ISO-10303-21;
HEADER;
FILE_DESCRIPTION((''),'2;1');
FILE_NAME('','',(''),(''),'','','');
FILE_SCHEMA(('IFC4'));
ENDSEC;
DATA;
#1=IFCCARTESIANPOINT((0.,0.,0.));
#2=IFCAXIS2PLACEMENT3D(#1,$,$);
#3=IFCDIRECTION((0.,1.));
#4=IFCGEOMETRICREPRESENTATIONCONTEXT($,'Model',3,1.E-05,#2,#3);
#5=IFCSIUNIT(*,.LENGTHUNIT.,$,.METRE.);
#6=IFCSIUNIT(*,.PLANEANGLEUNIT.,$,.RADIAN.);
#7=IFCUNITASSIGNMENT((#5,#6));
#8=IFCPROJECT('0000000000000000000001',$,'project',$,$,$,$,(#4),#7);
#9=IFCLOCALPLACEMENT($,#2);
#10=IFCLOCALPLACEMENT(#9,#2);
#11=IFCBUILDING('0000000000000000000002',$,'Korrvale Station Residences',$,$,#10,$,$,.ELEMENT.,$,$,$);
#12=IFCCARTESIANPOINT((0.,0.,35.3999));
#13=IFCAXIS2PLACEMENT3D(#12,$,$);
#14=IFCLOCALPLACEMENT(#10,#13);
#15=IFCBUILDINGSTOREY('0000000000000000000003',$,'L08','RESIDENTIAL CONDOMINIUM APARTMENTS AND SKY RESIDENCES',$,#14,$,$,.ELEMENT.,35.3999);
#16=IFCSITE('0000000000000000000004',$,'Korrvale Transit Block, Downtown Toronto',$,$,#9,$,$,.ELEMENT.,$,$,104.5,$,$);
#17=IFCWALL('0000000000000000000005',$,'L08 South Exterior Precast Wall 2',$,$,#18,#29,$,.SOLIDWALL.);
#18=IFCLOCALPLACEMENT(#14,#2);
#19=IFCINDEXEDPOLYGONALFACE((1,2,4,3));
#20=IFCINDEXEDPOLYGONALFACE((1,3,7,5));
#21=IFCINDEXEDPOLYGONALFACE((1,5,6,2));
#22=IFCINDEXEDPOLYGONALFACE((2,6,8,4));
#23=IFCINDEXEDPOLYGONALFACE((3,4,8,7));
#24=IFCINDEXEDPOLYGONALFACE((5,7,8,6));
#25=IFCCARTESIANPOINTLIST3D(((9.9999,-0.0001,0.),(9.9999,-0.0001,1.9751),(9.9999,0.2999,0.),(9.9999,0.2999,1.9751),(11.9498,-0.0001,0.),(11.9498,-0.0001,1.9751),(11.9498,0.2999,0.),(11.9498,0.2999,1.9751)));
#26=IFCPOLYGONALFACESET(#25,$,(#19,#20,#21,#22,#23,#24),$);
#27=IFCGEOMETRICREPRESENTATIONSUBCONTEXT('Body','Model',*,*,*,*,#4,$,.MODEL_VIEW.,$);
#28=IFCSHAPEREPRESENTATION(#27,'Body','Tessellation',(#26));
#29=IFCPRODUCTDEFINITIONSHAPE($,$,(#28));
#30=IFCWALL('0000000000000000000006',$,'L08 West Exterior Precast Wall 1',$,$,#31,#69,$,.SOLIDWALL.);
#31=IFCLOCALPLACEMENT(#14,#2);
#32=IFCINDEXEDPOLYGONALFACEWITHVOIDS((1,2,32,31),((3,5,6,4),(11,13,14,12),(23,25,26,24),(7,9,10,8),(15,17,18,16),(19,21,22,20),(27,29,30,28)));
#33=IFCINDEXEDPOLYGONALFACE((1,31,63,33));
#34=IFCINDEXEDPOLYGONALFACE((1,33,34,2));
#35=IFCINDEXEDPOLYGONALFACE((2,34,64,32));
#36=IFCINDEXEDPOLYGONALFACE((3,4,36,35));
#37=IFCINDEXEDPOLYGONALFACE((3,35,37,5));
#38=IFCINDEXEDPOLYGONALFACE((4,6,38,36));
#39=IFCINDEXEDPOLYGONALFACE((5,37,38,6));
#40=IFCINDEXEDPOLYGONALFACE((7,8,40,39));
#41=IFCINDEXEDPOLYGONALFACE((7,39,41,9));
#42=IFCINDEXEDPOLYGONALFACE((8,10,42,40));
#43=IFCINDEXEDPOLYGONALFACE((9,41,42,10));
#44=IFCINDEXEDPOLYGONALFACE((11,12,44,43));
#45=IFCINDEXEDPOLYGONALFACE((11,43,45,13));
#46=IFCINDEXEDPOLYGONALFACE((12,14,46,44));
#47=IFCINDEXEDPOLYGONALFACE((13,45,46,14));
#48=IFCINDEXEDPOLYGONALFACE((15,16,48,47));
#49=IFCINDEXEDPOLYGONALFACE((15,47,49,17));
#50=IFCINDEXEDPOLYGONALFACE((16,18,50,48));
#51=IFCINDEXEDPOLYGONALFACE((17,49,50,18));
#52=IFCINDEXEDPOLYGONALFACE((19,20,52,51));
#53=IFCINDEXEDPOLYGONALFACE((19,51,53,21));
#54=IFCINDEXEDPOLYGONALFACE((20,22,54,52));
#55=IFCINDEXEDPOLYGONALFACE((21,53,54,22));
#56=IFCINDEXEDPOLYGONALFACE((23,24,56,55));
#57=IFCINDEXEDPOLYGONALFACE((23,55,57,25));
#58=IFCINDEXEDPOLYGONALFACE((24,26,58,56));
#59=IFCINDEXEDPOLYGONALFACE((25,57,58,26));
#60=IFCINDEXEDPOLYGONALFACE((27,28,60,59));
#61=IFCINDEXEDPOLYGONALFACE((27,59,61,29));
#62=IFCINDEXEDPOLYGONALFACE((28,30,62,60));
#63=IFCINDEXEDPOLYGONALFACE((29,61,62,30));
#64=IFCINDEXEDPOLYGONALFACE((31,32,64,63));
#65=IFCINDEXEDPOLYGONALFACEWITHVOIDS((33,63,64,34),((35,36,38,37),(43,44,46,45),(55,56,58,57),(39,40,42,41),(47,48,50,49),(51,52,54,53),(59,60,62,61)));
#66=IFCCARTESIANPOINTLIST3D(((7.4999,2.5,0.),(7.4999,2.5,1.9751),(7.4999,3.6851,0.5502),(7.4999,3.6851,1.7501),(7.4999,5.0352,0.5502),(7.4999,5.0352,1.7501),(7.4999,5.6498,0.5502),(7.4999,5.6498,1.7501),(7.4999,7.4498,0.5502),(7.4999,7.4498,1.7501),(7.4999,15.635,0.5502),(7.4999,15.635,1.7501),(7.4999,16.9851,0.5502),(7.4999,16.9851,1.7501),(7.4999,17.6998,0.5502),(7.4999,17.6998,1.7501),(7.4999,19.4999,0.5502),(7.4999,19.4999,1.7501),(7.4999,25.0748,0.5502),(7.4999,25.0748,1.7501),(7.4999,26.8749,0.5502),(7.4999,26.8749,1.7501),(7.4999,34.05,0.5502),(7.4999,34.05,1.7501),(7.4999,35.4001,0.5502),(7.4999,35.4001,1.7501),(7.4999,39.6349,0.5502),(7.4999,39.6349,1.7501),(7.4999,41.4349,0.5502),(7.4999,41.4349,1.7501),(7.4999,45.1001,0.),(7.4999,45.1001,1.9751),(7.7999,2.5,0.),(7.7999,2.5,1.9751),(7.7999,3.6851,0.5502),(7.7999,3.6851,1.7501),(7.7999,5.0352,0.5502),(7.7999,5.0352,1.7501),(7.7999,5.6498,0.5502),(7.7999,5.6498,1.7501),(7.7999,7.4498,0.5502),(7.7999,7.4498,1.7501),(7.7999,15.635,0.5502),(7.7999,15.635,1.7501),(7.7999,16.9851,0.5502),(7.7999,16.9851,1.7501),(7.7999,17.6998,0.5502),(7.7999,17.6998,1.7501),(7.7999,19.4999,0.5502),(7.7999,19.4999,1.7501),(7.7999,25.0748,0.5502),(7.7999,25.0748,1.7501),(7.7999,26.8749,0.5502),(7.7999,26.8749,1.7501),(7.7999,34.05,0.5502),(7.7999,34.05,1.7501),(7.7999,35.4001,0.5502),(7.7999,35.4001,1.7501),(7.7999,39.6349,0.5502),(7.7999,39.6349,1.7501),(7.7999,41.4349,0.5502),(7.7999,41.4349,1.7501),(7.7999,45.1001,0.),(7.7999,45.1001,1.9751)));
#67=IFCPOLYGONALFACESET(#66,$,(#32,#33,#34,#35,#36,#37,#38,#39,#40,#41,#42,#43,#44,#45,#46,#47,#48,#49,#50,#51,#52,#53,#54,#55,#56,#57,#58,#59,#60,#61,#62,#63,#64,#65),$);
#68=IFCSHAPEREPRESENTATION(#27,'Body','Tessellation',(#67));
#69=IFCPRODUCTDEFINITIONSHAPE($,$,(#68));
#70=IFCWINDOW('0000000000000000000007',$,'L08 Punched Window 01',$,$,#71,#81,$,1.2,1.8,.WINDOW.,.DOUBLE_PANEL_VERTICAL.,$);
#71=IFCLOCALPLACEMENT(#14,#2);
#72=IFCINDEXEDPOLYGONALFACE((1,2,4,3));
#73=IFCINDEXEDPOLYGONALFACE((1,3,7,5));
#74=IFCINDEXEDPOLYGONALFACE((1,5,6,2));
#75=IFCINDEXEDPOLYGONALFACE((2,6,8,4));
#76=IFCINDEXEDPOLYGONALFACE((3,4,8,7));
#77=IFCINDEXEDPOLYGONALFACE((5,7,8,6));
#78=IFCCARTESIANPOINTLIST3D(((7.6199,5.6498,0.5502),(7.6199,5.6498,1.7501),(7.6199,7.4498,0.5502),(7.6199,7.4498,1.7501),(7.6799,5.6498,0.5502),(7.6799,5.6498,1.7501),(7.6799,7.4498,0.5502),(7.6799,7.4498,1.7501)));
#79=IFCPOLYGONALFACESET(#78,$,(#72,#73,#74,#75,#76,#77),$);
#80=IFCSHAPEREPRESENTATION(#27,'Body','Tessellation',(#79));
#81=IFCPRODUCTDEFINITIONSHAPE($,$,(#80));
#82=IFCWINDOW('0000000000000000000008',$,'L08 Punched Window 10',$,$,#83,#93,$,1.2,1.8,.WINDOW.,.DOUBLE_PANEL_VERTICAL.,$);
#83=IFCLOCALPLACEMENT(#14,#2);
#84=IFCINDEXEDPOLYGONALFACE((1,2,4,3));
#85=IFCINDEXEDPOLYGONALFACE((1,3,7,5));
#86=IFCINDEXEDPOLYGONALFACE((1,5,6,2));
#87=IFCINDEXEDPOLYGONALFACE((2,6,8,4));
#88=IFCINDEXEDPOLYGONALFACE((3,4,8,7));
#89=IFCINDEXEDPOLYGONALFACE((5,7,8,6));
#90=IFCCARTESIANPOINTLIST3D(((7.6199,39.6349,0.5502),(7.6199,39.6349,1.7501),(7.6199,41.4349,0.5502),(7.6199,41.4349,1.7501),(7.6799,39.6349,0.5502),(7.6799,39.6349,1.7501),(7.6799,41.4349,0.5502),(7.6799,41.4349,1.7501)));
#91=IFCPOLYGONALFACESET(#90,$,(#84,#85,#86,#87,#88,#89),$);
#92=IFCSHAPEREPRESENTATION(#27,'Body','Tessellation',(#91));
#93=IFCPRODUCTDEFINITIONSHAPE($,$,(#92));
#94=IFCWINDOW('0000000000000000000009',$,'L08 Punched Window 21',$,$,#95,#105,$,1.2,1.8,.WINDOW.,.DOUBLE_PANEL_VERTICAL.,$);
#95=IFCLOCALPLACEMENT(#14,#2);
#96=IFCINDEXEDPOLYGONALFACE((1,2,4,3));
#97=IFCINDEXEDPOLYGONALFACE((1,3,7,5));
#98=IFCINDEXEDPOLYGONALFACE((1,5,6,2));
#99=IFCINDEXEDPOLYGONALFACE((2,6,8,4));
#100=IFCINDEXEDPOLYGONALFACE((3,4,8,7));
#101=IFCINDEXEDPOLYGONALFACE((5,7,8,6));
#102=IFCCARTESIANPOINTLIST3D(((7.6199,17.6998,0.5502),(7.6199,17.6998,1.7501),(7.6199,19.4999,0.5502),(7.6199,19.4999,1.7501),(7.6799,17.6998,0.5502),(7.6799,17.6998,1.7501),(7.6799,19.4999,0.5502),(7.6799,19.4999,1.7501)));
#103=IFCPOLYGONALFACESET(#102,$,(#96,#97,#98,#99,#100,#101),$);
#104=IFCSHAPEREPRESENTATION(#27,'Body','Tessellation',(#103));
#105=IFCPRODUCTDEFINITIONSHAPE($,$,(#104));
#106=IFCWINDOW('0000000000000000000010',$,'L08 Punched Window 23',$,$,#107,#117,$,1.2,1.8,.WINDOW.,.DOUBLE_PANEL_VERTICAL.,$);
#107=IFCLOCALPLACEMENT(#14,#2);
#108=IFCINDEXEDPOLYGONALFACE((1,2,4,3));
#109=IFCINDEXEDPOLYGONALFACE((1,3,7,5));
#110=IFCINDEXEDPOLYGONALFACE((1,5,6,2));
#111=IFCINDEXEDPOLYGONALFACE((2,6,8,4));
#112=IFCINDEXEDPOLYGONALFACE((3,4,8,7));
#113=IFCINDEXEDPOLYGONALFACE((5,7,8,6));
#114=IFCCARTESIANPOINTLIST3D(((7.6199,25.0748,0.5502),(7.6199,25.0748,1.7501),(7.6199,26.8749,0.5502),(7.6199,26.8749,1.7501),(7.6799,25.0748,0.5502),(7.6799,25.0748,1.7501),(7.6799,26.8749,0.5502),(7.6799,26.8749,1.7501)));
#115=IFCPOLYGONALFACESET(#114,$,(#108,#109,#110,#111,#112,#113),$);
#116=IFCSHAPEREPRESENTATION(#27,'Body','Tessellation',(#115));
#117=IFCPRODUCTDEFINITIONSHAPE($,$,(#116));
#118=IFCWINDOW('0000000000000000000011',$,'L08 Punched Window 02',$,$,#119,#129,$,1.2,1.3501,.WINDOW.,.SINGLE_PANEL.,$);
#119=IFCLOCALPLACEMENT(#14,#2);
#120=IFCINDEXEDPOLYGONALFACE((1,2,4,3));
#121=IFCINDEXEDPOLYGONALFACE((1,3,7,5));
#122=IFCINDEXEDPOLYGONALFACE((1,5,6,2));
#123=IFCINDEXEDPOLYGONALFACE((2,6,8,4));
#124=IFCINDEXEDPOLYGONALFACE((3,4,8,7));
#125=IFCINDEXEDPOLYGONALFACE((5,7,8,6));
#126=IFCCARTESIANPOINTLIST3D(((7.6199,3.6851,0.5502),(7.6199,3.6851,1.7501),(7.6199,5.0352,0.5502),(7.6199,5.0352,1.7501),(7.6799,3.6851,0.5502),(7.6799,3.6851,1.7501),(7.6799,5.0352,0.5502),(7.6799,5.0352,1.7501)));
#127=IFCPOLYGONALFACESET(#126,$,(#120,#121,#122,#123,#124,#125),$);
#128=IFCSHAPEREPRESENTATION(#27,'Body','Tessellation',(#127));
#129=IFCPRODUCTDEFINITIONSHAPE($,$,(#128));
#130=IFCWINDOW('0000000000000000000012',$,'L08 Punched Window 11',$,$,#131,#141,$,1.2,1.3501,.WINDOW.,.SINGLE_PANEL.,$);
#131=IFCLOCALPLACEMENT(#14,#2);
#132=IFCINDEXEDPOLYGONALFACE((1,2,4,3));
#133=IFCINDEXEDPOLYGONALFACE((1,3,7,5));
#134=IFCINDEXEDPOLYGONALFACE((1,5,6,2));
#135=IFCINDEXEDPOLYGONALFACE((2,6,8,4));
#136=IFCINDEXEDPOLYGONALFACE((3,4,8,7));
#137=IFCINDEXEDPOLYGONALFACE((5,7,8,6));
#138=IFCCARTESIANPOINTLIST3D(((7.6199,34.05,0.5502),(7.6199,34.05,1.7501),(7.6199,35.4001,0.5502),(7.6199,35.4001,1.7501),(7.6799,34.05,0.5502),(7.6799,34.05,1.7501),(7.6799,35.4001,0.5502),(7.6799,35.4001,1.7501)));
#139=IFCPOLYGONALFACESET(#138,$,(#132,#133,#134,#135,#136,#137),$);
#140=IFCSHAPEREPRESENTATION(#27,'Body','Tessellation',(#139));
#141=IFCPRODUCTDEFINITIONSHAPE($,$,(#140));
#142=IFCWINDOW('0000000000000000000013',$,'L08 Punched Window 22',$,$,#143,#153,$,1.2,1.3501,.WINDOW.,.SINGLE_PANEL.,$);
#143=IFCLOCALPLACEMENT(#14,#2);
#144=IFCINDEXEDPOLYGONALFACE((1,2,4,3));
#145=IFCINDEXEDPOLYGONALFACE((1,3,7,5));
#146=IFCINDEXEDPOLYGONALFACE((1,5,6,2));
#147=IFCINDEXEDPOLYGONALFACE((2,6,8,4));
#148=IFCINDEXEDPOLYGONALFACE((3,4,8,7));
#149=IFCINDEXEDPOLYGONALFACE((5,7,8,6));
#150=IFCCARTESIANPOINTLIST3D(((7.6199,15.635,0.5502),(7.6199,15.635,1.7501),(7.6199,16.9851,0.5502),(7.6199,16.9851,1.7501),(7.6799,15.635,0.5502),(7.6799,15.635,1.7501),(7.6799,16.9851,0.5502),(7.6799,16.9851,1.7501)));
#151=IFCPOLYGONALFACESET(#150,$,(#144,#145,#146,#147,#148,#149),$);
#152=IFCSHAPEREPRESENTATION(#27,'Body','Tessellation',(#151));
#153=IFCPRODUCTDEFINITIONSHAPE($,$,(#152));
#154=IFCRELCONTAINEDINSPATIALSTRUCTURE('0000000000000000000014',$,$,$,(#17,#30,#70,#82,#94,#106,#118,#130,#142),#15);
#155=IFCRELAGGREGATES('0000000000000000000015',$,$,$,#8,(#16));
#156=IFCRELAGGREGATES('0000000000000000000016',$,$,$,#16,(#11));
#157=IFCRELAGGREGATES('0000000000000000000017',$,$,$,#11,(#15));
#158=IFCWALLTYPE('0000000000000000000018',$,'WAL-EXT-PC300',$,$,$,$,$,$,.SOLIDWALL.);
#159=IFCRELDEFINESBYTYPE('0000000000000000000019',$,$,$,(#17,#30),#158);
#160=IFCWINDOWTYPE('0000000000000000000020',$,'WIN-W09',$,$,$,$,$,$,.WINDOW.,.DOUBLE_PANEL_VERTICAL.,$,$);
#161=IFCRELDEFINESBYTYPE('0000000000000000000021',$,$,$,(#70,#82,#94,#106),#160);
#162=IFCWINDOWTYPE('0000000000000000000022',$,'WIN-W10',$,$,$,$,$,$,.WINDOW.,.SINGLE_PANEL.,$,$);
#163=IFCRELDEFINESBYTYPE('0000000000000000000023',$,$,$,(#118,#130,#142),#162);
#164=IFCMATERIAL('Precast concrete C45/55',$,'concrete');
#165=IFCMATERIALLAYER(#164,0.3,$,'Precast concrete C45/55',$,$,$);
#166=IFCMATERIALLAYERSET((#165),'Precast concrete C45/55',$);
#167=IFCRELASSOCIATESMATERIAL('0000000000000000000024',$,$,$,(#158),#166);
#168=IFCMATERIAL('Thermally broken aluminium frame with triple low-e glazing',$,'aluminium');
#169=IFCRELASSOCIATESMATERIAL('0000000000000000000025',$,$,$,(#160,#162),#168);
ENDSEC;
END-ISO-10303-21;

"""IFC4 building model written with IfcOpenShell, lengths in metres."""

from ifc_helpers import new_model, si_unit, direction, frame, frame_2d, origin, place, context, subcontext, project, spatial, rectangle, extrude, material, layer, layer_set, type_object, element, fill, save


model = new_model("IFC4")

# Units and contexts
model_context = context("Model", 3, precision=1e-05, world=origin(), true_north=direction((0.0, 1.0)))
body_context = subcontext(model_context, "Body", "Model", "MODEL_VIEW")
ifc_project = project(units=[si_unit("LENGTHUNIT", "METRE"), si_unit("PLANEANGLEUNIT", "RADIAN")], contexts=[model_context])

# Site, building, storey
site_placement = place(None, origin())
site = spatial("IfcSite", under=ifc_project, at=site_placement, Name="Korrvale Transit Block, Downtown Toronto", CompositionType="ELEMENT", RefElevation=104.5)
building_placement = place(site_placement, origin())
building = spatial("IfcBuilding", under=site, at=building_placement, Name="Korrvale Station Residences", CompositionType="ELEMENT")
storey_placement = place(building_placement, frame((0.0, 0.0, 35.3999)))
storey = spatial("IfcBuildingStorey", under=building, at=storey_placement, Name="L08", Description="RESIDENTIAL CONDOMINIUM APARTMENTS AND SKY RESIDENCES", CompositionType="ELEMENT", Elevation=35.3999)

# Wall
ifc_material_1 = material(Name="Precast concrete C45/55", Category="concrete")
ifc_layer_1 = layer(ifc_material_1, 0.3, Name="Precast concrete C45/55")
ifc_layer_set_1 = layer_set([ifc_layer_1], Name="Precast concrete C45/55")
wall_type_1 = type_object("IfcWallType", Name="WAL-EXT-PC300", PredefinedType="SOLIDWALL", material=ifc_layer_set_1)
wall_1_placement = place(storey_placement, frame((11.95, 0.1499, 0.0), z_axis=(0.0, 0.0, 1.0), x_axis=(-1.0, 0.0, 0.0)))
element("IfcWall", 1, at=wall_1_placement, inside=storey, type_object=wall_type_1, Name="L08 South Exterior Precast Wall 2", PredefinedType="SOLIDWALL", context=body_context, shape_type="SweptSolid", body=[
    extrude(rectangle(XDim=1.95, YDim=0.3, at=frame_2d((0.9751, 0.0))), origin(), (0.0, 0.0, 1.0), 1.9751),
])

# Wall, openings, windows
wall_2_placement = place(storey_placement, frame((7.6499, 2.5, 0.0), z_axis=(0.0, 0.0, 1.0), x_axis=(0.0, 1.0, 0.0)))
wall_2 = element("IfcWall", 2, at=wall_2_placement, inside=storey, type_object=wall_type_1, Name="L08 West Exterior Precast Wall 1", PredefinedType="SOLIDWALL", context=body_context, shape_type="SweptSolid", body=[
    extrude(rectangle(XDim=42.6001, YDim=0.3, at=frame_2d((21.3, 0.0))), origin(), (0.0, 0.0, 1.0), 1.9751),
])
opening_1_placement = place(wall_2_placement, frame((3.1499, 0.0, 0.55)))
opening_1 = element("IfcOpeningElement", 3, at=opening_1_placement, cuts=wall_2, PredefinedType="OPENING", context=body_context, shape_type="SweptSolid", body=[
    extrude(rectangle(XDim=1.8, YDim=1.2, at=frame_2d((0.8999, 0.6001))), frame((0.0, 0.1602, 0.0), z_axis=(0.0, -1.0, 0.0), x_axis=(1.0, 0.0, 0.0)), (0.0, 0.0, 1.0), 0.3201),
])
opening_2_placement = place(wall_2_placement, frame((1.1851, 0.0, 0.55)))
opening_2 = element("IfcOpeningElement", 4, at=opening_2_placement, cuts=wall_2, PredefinedType="OPENING", context=body_context, shape_type="SweptSolid", body=[
    extrude(rectangle(XDim=1.3501, YDim=1.2, at=frame_2d((0.675, 0.6001))), frame((0.0, 0.1602, 0.0), z_axis=(0.0, -1.0, 0.0), x_axis=(1.0, 0.0, 0.0)), (0.0, 0.0, 1.0), 0.3201),
])
opening_3_placement = place(wall_2_placement, frame((37.135, 0.0, 0.55)))
opening_3 = element("IfcOpeningElement", 5, at=opening_3_placement, cuts=wall_2, PredefinedType="OPENING", context=body_context, shape_type="SweptSolid", body=[
    extrude(rectangle(XDim=1.8, YDim=1.2, at=frame_2d((0.8999, 0.6001))), frame((0.0, 0.1602, 0.0), z_axis=(0.0, -1.0, 0.0), x_axis=(1.0, 0.0, 0.0)), (0.0, 0.0, 1.0), 0.3201),
])
opening_4_placement = place(wall_2_placement, frame((31.55, 0.0, 0.55)))
opening_4 = element("IfcOpeningElement", 6, at=opening_4_placement, cuts=wall_2, PredefinedType="OPENING", context=body_context, shape_type="SweptSolid", body=[
    extrude(rectangle(XDim=1.3501, YDim=1.2, at=frame_2d((0.675, 0.6001))), frame((0.0, 0.1602, 0.0), z_axis=(0.0, -1.0, 0.0), x_axis=(1.0, 0.0, 0.0)), (0.0, 0.0, 1.0), 0.3201),
])
opening_5_placement = place(wall_2_placement, frame((15.2, 0.0, 0.55)))
opening_5 = element("IfcOpeningElement", 7, at=opening_5_placement, cuts=wall_2, PredefinedType="OPENING", context=body_context, shape_type="SweptSolid", body=[
    extrude(rectangle(XDim=1.8, YDim=1.2, at=frame_2d((0.8999, 0.6001))), frame((0.0, 0.1602, 0.0), z_axis=(0.0, -1.0, 0.0), x_axis=(1.0, 0.0, 0.0)), (0.0, 0.0, 1.0), 0.3201),
])
opening_6_placement = place(wall_2_placement, frame((13.135, 0.0, 0.55)))
opening_6 = element("IfcOpeningElement", 8, at=opening_6_placement, cuts=wall_2, PredefinedType="OPENING", context=body_context, shape_type="SweptSolid", body=[
    extrude(rectangle(XDim=1.3501, YDim=1.2, at=frame_2d((0.675, 0.6001))), frame((0.0, 0.1602, 0.0), z_axis=(0.0, -1.0, 0.0), x_axis=(1.0, 0.0, 0.0)), (0.0, 0.0, 1.0), 0.3201),
])
opening_7_placement = place(wall_2_placement, frame((22.575, 0.0, 0.55)))
opening_7 = element("IfcOpeningElement", 9, at=opening_7_placement, cuts=wall_2, PredefinedType="OPENING", context=body_context, shape_type="SweptSolid", body=[
    extrude(rectangle(XDim=1.8, YDim=1.2, at=frame_2d((0.8999, 0.6001))), frame((0.0, 0.1602, 0.0), z_axis=(0.0, -1.0, 0.0), x_axis=(1.0, 0.0, 0.0)), (0.0, 0.0, 1.0), 0.3201),
])
ifc_material_2 = material(Name="Thermally broken aluminium frame with triple low-e glazing", Category="aluminium")
window_type_1 = type_object("IfcWindowType", Name="WIN-W09", PartitioningType="DOUBLE_PANEL_VERTICAL", PredefinedType="WINDOW", material=ifc_material_2)
window_1_placement = place(opening_1_placement, origin())
window_1 = element("IfcWindow", 10, at=window_1_placement, inside=storey, type_object=window_type_1, Name="L08 Punched Window 01", OverallHeight=1.2, OverallWidth=1.8, PartitioningType="DOUBLE_PANEL_VERTICAL", PredefinedType="WINDOW", context=body_context, shape_type="SweptSolid", body=[
    extrude(rectangle(XDim=1.8, YDim=1.2, at=frame_2d((0.8999, 0.6001))), frame((0.0, 0.03, 0.0), z_axis=(0.0, -1.0, 0.0), x_axis=(1.0, 0.0, 0.0)), (0.0, 0.0, 1.0), 0.0601),
])
fill(opening_1, window_1)
window_2_placement = place(opening_3_placement, origin())
window_2 = element("IfcWindow", 11, at=window_2_placement, inside=storey, type_object=window_type_1, Name="L08 Punched Window 10", OverallHeight=1.2, OverallWidth=1.8, PartitioningType="DOUBLE_PANEL_VERTICAL", PredefinedType="WINDOW", context=body_context, shape_type="SweptSolid", body=[
    extrude(rectangle(XDim=1.8, YDim=1.2, at=frame_2d((0.8999, 0.6001))), frame((0.0, 0.03, 0.0), z_axis=(0.0, -1.0, 0.0), x_axis=(1.0, 0.0, 0.0)), (0.0, 0.0, 1.0), 0.0601),
])
fill(opening_3, window_2)
window_3_placement = place(opening_5_placement, origin())
window_3 = element("IfcWindow", 12, at=window_3_placement, inside=storey, type_object=window_type_1, Name="L08 Punched Window 21", OverallHeight=1.2, OverallWidth=1.8, PartitioningType="DOUBLE_PANEL_VERTICAL", PredefinedType="WINDOW", context=body_context, shape_type="SweptSolid", body=[
    extrude(rectangle(XDim=1.8, YDim=1.2, at=frame_2d((0.8999, 0.6001))), frame((0.0, 0.03, 0.0), z_axis=(0.0, -1.0, 0.0), x_axis=(1.0, 0.0, 0.0)), (0.0, 0.0, 1.0), 0.0601),
])
fill(opening_5, window_3)
window_4_placement = place(opening_7_placement, origin())
window_4 = element("IfcWindow", 13, at=window_4_placement, inside=storey, type_object=window_type_1, Name="L08 Punched Window 23", OverallHeight=1.2, OverallWidth=1.8, PartitioningType="DOUBLE_PANEL_VERTICAL", PredefinedType="WINDOW", context=body_context, shape_type="SweptSolid", body=[
    extrude(rectangle(XDim=1.8, YDim=1.2, at=frame_2d((0.8999, 0.6001))), frame((0.0, 0.03, 0.0), z_axis=(0.0, -1.0, 0.0), x_axis=(1.0, 0.0, 0.0)), (0.0, 0.0, 1.0), 0.0601),
])
fill(opening_7, window_4)
window_type_2 = type_object("IfcWindowType", Name="WIN-W10", PartitioningType="SINGLE_PANEL", PredefinedType="WINDOW", material=ifc_material_2)
window_5_placement = place(opening_2_placement, origin())
window_5 = element("IfcWindow", 14, at=window_5_placement, inside=storey, type_object=window_type_2, Name="L08 Punched Window 02", OverallHeight=1.2, OverallWidth=1.3501, PartitioningType="SINGLE_PANEL", PredefinedType="WINDOW", context=body_context, shape_type="SweptSolid", body=[
    extrude(rectangle(XDim=1.3501, YDim=1.2, at=frame_2d((0.675, 0.6001))), frame((0.0, 0.03, 0.0), z_axis=(0.0, -1.0, 0.0), x_axis=(1.0, 0.0, 0.0)), (0.0, 0.0, 1.0), 0.0601),
])
fill(opening_2, window_5)
window_6_placement = place(opening_4_placement, origin())
window_6 = element("IfcWindow", 15, at=window_6_placement, inside=storey, type_object=window_type_2, Name="L08 Punched Window 11", OverallHeight=1.2, OverallWidth=1.3501, PartitioningType="SINGLE_PANEL", PredefinedType="WINDOW", context=body_context, shape_type="SweptSolid", body=[
    extrude(rectangle(XDim=1.3501, YDim=1.2, at=frame_2d((0.675, 0.6001))), frame((0.0, 0.03, 0.0), z_axis=(0.0, -1.0, 0.0), x_axis=(1.0, 0.0, 0.0)), (0.0, 0.0, 1.0), 0.0601),
])
fill(opening_4, window_6)
window_7_placement = place(opening_6_placement, origin())
window_7 = element("IfcWindow", 16, at=window_7_placement, inside=storey, type_object=window_type_2, Name="L08 Punched Window 22", OverallHeight=1.2, OverallWidth=1.3501, PartitioningType="SINGLE_PANEL", PredefinedType="WINDOW", context=body_context, shape_type="SweptSolid", body=[
    extrude(rectangle(XDim=1.3501, YDim=1.2, at=frame_2d((0.675, 0.6001))), frame((0.0, 0.03, 0.0), z_axis=(0.0, -1.0, 0.0), x_axis=(1.0, 0.0, 0.0)), (0.0, 0.0, 1.0), 0.0601),
])
fill(opening_6, window_7)

save(model, "model.ifc")
